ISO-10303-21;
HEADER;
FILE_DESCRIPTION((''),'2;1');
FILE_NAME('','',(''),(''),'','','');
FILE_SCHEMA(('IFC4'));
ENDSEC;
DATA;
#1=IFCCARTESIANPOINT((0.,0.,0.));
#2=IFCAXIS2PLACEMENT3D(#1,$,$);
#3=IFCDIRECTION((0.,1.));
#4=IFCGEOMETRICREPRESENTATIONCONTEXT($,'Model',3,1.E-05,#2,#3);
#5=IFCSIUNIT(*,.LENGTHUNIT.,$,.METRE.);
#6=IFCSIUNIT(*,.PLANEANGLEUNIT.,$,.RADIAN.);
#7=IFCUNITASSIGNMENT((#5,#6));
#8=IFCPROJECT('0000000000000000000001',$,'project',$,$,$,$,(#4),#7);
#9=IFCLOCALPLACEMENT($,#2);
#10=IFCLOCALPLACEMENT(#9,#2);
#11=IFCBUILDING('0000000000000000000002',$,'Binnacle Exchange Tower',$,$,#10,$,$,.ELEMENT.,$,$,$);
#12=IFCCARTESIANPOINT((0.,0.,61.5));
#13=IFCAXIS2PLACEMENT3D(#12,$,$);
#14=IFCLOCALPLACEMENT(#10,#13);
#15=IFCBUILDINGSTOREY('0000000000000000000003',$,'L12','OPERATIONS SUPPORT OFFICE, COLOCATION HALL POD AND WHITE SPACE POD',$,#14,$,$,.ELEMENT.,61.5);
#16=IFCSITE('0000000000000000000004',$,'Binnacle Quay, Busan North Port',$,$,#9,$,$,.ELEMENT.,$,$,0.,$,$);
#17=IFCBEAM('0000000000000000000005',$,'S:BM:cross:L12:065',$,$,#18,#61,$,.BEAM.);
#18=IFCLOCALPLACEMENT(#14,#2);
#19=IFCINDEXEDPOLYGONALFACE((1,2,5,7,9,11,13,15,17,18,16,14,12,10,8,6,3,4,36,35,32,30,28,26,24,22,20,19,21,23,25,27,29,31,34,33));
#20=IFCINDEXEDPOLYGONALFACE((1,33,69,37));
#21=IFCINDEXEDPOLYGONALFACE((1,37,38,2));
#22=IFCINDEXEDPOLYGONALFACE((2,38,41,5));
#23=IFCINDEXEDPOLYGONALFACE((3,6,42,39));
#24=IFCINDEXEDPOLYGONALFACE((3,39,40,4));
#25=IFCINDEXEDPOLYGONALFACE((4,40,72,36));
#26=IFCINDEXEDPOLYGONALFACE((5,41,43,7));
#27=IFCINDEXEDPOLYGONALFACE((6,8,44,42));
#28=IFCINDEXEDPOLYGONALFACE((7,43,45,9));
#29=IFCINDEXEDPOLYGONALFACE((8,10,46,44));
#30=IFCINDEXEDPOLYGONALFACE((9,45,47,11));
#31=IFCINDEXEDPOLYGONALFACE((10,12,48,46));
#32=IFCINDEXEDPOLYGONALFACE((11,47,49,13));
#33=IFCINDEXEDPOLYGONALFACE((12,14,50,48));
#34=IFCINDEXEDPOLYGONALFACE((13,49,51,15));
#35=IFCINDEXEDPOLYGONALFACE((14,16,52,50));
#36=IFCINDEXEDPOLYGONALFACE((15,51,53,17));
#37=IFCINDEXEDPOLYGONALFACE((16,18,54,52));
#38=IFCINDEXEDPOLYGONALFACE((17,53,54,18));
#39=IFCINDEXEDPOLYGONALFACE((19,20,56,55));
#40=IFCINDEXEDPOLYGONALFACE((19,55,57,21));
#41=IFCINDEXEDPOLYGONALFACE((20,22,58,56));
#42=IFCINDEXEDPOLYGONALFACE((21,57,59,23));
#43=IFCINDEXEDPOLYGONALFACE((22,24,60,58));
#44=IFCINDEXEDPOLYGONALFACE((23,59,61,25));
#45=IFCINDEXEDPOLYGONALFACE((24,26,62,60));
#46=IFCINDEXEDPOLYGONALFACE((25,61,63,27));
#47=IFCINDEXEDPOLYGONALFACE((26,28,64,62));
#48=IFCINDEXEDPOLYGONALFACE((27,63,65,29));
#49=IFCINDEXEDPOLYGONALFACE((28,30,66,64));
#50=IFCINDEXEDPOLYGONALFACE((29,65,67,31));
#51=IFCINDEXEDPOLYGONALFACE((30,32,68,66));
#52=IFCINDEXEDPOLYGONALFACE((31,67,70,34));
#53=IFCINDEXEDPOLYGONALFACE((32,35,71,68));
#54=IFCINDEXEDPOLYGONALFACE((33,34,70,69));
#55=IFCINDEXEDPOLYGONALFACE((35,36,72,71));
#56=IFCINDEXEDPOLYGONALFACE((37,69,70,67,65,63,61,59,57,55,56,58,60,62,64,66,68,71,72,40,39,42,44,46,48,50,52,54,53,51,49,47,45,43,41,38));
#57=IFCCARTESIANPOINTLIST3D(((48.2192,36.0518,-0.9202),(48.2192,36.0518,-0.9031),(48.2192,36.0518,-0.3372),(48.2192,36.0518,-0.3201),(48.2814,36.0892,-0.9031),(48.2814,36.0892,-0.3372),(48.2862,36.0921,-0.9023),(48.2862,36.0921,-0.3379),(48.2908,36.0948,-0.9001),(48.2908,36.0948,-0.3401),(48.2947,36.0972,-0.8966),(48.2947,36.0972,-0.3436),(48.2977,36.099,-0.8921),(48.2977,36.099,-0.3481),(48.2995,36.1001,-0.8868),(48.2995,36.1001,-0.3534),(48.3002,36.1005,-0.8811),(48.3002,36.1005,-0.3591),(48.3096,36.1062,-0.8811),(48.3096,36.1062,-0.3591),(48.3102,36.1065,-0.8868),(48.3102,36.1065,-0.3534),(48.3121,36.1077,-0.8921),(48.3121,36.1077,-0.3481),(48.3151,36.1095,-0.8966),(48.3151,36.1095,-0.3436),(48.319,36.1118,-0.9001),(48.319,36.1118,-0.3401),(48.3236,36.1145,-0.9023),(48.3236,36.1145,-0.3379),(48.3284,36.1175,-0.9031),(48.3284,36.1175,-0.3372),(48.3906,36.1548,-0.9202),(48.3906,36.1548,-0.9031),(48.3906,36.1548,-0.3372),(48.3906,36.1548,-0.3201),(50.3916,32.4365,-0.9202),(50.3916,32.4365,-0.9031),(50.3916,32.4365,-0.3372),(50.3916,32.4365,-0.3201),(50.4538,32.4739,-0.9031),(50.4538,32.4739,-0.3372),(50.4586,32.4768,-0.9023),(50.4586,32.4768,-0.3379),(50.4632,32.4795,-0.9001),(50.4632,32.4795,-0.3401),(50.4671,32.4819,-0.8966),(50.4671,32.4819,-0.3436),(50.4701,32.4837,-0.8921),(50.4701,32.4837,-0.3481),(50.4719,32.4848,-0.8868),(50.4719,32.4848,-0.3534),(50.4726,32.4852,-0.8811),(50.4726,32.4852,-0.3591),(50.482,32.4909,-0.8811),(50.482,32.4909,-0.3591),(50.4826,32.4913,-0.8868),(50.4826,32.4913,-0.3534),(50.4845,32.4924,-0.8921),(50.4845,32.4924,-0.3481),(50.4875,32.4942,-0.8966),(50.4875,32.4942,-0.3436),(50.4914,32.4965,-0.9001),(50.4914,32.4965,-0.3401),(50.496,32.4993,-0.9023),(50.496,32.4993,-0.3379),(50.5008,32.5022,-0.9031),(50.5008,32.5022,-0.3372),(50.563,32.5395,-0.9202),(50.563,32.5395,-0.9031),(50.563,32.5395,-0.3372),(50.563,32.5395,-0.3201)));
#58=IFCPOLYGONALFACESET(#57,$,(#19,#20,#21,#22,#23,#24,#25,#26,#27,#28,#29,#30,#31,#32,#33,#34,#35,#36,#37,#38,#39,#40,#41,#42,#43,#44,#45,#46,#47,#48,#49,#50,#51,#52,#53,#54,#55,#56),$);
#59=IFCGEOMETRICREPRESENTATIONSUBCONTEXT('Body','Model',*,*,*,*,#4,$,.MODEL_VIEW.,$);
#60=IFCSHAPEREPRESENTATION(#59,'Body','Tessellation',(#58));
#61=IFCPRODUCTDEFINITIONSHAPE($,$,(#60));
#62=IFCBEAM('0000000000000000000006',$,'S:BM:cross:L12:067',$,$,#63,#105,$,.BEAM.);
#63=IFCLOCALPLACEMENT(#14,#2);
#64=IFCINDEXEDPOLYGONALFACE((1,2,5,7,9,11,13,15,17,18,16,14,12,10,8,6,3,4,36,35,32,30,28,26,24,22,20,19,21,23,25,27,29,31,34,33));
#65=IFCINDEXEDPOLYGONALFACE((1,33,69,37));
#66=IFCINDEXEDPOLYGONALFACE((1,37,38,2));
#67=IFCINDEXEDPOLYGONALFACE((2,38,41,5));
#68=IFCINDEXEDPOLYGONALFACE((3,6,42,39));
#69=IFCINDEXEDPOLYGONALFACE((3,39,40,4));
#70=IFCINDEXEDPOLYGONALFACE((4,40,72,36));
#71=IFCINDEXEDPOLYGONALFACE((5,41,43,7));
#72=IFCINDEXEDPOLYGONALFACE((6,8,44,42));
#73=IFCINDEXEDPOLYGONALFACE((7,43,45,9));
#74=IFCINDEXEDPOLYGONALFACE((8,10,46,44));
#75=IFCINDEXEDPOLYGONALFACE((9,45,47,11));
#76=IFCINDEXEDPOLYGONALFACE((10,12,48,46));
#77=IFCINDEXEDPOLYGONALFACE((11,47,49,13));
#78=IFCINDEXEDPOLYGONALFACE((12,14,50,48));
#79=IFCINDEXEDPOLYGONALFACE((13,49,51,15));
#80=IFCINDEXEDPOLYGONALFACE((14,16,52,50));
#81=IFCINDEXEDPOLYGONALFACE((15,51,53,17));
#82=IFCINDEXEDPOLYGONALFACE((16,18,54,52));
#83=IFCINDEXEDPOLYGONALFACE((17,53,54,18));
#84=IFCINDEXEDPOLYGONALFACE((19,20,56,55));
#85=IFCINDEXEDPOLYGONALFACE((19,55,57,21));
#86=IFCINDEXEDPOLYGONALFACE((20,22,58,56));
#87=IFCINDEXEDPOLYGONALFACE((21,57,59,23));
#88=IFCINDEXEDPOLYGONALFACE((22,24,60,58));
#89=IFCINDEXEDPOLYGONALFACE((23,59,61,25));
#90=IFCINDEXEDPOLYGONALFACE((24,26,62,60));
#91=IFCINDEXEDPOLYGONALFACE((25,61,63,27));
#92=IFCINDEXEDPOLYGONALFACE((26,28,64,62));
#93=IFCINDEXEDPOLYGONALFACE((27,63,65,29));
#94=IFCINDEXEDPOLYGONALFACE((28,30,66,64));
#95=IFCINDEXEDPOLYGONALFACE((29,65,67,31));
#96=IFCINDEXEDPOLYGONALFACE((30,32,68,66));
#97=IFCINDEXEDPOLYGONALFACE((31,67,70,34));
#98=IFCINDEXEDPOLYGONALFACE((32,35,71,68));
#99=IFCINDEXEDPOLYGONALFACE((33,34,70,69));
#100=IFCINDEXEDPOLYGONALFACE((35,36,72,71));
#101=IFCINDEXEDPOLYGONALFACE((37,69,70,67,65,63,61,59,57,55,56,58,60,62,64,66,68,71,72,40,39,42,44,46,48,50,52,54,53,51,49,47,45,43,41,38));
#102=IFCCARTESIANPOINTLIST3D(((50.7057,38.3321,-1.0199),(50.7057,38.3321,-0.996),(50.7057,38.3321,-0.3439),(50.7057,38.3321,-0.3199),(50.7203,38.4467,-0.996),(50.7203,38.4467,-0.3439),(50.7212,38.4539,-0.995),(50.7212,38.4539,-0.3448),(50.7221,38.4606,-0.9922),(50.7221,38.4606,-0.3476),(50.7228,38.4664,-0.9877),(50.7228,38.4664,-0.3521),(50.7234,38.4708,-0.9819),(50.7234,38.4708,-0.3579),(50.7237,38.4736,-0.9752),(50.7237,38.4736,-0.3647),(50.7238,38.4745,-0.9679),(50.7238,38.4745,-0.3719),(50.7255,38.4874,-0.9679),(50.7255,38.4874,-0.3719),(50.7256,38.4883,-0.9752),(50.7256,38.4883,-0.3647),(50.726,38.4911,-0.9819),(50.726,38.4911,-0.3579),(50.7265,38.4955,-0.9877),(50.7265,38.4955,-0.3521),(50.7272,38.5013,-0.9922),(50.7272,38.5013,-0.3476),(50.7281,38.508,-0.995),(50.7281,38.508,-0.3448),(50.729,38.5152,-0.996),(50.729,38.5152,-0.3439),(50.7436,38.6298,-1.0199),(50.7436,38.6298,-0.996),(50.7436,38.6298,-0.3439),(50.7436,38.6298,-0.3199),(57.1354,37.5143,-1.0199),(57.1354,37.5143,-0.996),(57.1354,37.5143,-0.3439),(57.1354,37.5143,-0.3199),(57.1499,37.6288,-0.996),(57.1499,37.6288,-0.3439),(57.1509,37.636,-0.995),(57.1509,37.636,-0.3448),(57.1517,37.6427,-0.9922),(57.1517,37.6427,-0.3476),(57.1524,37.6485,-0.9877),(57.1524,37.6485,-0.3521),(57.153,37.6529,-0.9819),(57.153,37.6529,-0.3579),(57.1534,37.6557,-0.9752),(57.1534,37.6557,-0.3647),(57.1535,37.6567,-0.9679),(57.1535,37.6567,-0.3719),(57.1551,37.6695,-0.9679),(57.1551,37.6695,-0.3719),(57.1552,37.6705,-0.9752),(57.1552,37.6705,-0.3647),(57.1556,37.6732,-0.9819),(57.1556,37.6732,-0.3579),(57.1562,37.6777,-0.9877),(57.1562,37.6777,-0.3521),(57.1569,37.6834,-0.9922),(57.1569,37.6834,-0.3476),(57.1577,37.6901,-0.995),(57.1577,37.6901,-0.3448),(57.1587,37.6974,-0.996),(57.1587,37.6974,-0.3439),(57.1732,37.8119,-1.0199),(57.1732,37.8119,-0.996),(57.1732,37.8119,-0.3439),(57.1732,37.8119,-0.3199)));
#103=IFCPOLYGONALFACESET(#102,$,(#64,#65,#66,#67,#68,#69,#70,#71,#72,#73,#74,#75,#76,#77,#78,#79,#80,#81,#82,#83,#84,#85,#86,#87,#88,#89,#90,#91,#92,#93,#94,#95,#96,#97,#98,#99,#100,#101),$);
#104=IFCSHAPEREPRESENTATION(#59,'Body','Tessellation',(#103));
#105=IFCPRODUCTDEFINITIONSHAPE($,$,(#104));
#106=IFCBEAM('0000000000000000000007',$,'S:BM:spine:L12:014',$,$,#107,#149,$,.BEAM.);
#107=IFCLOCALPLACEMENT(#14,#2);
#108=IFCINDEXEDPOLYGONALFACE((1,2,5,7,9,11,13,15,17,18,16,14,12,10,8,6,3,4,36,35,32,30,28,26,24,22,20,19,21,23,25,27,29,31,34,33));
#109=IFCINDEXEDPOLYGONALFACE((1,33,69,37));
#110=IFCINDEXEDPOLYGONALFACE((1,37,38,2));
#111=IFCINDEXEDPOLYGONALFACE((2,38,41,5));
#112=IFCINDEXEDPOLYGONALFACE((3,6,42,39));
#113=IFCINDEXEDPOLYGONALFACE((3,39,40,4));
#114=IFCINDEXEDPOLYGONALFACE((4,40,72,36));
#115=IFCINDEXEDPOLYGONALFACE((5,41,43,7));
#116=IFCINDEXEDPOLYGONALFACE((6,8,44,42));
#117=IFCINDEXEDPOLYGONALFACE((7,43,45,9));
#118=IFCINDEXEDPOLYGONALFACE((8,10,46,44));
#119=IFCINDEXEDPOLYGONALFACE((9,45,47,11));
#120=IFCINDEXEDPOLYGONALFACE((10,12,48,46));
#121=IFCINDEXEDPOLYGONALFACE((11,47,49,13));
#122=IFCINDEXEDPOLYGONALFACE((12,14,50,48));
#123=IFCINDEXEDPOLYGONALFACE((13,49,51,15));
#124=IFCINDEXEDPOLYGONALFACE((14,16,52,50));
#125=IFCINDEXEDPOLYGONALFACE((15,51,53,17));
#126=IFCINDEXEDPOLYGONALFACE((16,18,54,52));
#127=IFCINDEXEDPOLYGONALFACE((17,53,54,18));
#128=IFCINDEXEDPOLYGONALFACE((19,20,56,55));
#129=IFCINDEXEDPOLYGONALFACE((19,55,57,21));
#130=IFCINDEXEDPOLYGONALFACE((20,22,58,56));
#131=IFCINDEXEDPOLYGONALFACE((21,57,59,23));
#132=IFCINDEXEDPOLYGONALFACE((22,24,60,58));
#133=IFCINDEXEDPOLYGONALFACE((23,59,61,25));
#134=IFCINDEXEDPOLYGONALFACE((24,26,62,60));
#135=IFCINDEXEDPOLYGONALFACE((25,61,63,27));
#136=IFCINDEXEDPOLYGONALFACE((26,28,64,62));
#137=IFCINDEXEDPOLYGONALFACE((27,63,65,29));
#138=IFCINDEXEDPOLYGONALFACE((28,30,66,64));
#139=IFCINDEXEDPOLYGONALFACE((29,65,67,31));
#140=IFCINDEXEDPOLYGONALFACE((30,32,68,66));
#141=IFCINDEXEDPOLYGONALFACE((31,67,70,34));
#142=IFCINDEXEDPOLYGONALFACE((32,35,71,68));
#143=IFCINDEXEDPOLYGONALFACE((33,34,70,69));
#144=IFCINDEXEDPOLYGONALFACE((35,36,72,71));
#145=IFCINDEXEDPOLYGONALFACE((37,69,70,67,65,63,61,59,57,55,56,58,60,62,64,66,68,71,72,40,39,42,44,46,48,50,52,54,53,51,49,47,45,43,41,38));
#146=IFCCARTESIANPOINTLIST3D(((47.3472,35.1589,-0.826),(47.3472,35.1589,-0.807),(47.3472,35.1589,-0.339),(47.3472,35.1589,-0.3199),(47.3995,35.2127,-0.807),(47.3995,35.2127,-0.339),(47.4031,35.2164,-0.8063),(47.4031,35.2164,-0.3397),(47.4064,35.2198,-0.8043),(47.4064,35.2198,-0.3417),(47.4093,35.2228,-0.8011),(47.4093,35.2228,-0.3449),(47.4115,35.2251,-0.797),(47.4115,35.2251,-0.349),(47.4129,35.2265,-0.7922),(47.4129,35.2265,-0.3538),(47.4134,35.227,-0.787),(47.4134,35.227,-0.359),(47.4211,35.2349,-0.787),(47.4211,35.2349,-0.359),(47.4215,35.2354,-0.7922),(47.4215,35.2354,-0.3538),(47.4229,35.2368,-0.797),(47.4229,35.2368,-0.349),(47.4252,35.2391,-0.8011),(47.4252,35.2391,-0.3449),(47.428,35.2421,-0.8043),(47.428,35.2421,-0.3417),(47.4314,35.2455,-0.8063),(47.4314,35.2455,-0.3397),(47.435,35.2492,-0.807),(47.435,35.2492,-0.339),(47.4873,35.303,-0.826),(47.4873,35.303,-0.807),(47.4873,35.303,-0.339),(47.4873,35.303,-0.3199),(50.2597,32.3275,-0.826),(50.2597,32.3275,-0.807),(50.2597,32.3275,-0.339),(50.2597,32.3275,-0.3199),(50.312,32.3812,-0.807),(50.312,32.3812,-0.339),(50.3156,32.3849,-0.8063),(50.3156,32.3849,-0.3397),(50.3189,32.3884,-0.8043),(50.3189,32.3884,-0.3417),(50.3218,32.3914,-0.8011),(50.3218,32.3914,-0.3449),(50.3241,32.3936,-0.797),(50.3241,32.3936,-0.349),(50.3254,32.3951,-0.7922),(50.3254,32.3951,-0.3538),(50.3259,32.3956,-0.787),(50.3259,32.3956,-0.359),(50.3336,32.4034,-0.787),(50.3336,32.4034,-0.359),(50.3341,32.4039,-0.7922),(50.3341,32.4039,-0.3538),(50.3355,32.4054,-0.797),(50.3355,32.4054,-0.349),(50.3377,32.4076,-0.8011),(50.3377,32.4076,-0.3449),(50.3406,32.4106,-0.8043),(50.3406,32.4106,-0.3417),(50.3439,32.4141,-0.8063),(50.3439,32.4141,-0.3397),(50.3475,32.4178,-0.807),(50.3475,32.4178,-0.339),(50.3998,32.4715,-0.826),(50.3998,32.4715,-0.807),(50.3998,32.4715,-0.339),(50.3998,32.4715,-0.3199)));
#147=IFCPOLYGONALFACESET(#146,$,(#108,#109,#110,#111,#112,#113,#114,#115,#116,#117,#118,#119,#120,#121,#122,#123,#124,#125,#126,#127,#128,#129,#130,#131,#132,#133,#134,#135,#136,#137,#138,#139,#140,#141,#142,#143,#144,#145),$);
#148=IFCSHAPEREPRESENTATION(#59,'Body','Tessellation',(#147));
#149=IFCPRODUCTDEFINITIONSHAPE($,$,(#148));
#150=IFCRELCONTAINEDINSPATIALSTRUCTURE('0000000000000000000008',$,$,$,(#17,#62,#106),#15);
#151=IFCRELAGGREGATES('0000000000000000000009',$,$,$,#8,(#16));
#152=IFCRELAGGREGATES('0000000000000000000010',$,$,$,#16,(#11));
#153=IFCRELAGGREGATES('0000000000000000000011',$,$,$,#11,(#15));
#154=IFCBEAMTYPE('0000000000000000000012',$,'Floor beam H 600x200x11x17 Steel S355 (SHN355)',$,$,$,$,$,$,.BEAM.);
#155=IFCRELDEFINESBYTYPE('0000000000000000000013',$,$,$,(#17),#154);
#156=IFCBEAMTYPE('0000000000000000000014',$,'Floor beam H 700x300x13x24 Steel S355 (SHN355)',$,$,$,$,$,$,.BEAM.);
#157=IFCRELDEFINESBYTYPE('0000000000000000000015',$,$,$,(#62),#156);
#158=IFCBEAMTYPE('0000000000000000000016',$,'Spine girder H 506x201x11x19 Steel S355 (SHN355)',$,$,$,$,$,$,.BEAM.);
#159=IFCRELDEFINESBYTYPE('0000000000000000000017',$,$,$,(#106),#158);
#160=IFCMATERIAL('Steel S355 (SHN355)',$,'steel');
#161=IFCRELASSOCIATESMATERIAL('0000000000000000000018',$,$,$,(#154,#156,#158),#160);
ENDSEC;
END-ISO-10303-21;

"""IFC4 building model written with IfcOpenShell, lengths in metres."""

from ifc_helpers import new_model, si_unit, direction, frame, origin, origin_2d, place, context, subcontext, project, spatial, i_section, extrude, material, material_profile, profile_set, type_object, element, save


model = new_model("IFC4")

# Units and contexts
model_context = context("Model", 3, precision=1e-05, world=origin(), true_north=direction((0.0, 1.0)))
body_context = subcontext(model_context, "Body", "Model", "MODEL_VIEW")
ifc_project = project(units=[si_unit("LENGTHUNIT", "METRE"), si_unit("PLANEANGLEUNIT", "RADIAN")], contexts=[model_context])

# Site, building, storey
site_placement = place(None, origin())
site = spatial("IfcSite", under=ifc_project, at=site_placement, Name="Binnacle Quay, Busan North Port", CompositionType="ELEMENT", RefElevation=0.0)
building_placement = place(site_placement, origin())
building = spatial("IfcBuilding", under=site, at=building_placement, Name="Binnacle Exchange Tower", CompositionType="ELEMENT")
storey_placement = place(building_placement, frame((0.0, 0.0, 61.5)))
storey = spatial("IfcBuildingStorey", under=building, at=storey_placement, Name="L12", Description="OPERATIONS SUPPORT OFFICE, COLOCATION HALL POD AND WHITE SPACE POD", CompositionType="ELEMENT", Elevation=61.5)

# Beams
ifc_material_1 = material(Name="Steel S355 (SHN355)", Category="steel")
ifc_material_profile_1 = material_profile(ifc_material_1, i_section(OverallWidth=0.2, OverallDepth=0.6001, WebThickness=0.011, FlangeThickness=0.0171, FilletRadius=0.022, at=origin_2d()), Name="H 600x200x11x17")
ifc_profile_set_1 = profile_set([ifc_material_profile_1], Name="Steel S355 (SHN355)")
beam_type_1 = type_object("IfcBeamType", Name="Floor beam H 600x200x11x17 Steel S355 (SHN355)", PredefinedType="BEAM", material=ifc_profile_set_1)
beam_1_placement = place(storey_placement, frame((50.4773, 32.488, -0.6201), z_axis=(-0.515057, 0.857156, 0.0), x_axis=(-0.857156, -0.515057, 0.0)))
element("IfcBeam", 1, at=beam_1_placement, inside=storey, type_object=beam_type_1, Name="S:BM:cross:L12:065", PredefinedType="BEAM", context=body_context, shape_type="SweptSolid", body=[
    extrude(i_section(OverallWidth=0.2, OverallDepth=0.6001, WebThickness=0.011, FlangeThickness=0.0171, FilletRadius=0.022, at=origin_2d()), origin(), (0.0, 0.0, 1.0), 4.2178),
])
ifc_material_profile_2 = material_profile(ifc_material_1, i_section(OverallWidth=0.3, OverallDepth=0.7, WebThickness=0.0129, FlangeThickness=0.0239, FilletRadius=0.0281, at=origin_2d()), Name="H 700x300x13x24")
ifc_profile_set_2 = profile_set([ifc_material_profile_2], Name="Steel S355 (SHN355)")
beam_type_2 = type_object("IfcBeamType", Name="Floor beam H 700x300x13x24 Steel S355 (SHN355)", PredefinedType="BEAM", material=ifc_profile_set_2)
beam_2_placement = place(storey_placement, frame((57.1543, 37.6631, -0.6699), z_axis=(-0.992007, 0.126186, 0.0), x_axis=(-0.126186, -0.992007, 0.0)))
element("IfcBeam", 2, at=beam_2_placement, inside=storey, type_object=beam_type_2, Name="S:BM:cross:L12:067", PredefinedType="BEAM", context=body_context, shape_type="SweptSolid", body=[
    extrude(i_section(OverallWidth=0.3, OverallDepth=0.7, WebThickness=0.0129, FlangeThickness=0.0239, FilletRadius=0.0281, at=origin_2d()), origin(), (0.0, 0.0, 1.0), 6.4814),
])
ifc_material_profile_3 = material_profile(ifc_material_1, i_section(OverallWidth=0.2009, OverallDepth=0.5061, WebThickness=0.011, FlangeThickness=0.019, FilletRadius=0.02, at=origin_2d()), Name="H 506x201x11x19")
ifc_profile_set_3 = profile_set([ifc_material_profile_3], Name="Steel S355 (SHN355)")
beam_type_3 = type_object("IfcBeamType", Name="Spine girder H 506x201x11x19 Steel S355 (SHN355)", PredefinedType="BEAM", material=ifc_profile_set_3)
beam_3_placement = place(storey_placement, frame((47.4172, 35.231, -0.573), z_axis=(0.717013, -0.69706, 0.0), x_axis=(0.69706, 0.717013, 0.0)))
element("IfcBeam", 3, at=beam_3_placement, inside=storey, type_object=beam_type_3, Name="S:BM:spine:L12:014", PredefinedType="BEAM", context=body_context, shape_type="SweptSolid", body=[
    extrude(i_section(OverallWidth=0.2009, OverallDepth=0.5061, WebThickness=0.011, FlangeThickness=0.019, FilletRadius=0.02, at=origin_2d()), origin(), (0.0, 0.0, 1.0), 4.062),
])

save(model, "model.ifc")
